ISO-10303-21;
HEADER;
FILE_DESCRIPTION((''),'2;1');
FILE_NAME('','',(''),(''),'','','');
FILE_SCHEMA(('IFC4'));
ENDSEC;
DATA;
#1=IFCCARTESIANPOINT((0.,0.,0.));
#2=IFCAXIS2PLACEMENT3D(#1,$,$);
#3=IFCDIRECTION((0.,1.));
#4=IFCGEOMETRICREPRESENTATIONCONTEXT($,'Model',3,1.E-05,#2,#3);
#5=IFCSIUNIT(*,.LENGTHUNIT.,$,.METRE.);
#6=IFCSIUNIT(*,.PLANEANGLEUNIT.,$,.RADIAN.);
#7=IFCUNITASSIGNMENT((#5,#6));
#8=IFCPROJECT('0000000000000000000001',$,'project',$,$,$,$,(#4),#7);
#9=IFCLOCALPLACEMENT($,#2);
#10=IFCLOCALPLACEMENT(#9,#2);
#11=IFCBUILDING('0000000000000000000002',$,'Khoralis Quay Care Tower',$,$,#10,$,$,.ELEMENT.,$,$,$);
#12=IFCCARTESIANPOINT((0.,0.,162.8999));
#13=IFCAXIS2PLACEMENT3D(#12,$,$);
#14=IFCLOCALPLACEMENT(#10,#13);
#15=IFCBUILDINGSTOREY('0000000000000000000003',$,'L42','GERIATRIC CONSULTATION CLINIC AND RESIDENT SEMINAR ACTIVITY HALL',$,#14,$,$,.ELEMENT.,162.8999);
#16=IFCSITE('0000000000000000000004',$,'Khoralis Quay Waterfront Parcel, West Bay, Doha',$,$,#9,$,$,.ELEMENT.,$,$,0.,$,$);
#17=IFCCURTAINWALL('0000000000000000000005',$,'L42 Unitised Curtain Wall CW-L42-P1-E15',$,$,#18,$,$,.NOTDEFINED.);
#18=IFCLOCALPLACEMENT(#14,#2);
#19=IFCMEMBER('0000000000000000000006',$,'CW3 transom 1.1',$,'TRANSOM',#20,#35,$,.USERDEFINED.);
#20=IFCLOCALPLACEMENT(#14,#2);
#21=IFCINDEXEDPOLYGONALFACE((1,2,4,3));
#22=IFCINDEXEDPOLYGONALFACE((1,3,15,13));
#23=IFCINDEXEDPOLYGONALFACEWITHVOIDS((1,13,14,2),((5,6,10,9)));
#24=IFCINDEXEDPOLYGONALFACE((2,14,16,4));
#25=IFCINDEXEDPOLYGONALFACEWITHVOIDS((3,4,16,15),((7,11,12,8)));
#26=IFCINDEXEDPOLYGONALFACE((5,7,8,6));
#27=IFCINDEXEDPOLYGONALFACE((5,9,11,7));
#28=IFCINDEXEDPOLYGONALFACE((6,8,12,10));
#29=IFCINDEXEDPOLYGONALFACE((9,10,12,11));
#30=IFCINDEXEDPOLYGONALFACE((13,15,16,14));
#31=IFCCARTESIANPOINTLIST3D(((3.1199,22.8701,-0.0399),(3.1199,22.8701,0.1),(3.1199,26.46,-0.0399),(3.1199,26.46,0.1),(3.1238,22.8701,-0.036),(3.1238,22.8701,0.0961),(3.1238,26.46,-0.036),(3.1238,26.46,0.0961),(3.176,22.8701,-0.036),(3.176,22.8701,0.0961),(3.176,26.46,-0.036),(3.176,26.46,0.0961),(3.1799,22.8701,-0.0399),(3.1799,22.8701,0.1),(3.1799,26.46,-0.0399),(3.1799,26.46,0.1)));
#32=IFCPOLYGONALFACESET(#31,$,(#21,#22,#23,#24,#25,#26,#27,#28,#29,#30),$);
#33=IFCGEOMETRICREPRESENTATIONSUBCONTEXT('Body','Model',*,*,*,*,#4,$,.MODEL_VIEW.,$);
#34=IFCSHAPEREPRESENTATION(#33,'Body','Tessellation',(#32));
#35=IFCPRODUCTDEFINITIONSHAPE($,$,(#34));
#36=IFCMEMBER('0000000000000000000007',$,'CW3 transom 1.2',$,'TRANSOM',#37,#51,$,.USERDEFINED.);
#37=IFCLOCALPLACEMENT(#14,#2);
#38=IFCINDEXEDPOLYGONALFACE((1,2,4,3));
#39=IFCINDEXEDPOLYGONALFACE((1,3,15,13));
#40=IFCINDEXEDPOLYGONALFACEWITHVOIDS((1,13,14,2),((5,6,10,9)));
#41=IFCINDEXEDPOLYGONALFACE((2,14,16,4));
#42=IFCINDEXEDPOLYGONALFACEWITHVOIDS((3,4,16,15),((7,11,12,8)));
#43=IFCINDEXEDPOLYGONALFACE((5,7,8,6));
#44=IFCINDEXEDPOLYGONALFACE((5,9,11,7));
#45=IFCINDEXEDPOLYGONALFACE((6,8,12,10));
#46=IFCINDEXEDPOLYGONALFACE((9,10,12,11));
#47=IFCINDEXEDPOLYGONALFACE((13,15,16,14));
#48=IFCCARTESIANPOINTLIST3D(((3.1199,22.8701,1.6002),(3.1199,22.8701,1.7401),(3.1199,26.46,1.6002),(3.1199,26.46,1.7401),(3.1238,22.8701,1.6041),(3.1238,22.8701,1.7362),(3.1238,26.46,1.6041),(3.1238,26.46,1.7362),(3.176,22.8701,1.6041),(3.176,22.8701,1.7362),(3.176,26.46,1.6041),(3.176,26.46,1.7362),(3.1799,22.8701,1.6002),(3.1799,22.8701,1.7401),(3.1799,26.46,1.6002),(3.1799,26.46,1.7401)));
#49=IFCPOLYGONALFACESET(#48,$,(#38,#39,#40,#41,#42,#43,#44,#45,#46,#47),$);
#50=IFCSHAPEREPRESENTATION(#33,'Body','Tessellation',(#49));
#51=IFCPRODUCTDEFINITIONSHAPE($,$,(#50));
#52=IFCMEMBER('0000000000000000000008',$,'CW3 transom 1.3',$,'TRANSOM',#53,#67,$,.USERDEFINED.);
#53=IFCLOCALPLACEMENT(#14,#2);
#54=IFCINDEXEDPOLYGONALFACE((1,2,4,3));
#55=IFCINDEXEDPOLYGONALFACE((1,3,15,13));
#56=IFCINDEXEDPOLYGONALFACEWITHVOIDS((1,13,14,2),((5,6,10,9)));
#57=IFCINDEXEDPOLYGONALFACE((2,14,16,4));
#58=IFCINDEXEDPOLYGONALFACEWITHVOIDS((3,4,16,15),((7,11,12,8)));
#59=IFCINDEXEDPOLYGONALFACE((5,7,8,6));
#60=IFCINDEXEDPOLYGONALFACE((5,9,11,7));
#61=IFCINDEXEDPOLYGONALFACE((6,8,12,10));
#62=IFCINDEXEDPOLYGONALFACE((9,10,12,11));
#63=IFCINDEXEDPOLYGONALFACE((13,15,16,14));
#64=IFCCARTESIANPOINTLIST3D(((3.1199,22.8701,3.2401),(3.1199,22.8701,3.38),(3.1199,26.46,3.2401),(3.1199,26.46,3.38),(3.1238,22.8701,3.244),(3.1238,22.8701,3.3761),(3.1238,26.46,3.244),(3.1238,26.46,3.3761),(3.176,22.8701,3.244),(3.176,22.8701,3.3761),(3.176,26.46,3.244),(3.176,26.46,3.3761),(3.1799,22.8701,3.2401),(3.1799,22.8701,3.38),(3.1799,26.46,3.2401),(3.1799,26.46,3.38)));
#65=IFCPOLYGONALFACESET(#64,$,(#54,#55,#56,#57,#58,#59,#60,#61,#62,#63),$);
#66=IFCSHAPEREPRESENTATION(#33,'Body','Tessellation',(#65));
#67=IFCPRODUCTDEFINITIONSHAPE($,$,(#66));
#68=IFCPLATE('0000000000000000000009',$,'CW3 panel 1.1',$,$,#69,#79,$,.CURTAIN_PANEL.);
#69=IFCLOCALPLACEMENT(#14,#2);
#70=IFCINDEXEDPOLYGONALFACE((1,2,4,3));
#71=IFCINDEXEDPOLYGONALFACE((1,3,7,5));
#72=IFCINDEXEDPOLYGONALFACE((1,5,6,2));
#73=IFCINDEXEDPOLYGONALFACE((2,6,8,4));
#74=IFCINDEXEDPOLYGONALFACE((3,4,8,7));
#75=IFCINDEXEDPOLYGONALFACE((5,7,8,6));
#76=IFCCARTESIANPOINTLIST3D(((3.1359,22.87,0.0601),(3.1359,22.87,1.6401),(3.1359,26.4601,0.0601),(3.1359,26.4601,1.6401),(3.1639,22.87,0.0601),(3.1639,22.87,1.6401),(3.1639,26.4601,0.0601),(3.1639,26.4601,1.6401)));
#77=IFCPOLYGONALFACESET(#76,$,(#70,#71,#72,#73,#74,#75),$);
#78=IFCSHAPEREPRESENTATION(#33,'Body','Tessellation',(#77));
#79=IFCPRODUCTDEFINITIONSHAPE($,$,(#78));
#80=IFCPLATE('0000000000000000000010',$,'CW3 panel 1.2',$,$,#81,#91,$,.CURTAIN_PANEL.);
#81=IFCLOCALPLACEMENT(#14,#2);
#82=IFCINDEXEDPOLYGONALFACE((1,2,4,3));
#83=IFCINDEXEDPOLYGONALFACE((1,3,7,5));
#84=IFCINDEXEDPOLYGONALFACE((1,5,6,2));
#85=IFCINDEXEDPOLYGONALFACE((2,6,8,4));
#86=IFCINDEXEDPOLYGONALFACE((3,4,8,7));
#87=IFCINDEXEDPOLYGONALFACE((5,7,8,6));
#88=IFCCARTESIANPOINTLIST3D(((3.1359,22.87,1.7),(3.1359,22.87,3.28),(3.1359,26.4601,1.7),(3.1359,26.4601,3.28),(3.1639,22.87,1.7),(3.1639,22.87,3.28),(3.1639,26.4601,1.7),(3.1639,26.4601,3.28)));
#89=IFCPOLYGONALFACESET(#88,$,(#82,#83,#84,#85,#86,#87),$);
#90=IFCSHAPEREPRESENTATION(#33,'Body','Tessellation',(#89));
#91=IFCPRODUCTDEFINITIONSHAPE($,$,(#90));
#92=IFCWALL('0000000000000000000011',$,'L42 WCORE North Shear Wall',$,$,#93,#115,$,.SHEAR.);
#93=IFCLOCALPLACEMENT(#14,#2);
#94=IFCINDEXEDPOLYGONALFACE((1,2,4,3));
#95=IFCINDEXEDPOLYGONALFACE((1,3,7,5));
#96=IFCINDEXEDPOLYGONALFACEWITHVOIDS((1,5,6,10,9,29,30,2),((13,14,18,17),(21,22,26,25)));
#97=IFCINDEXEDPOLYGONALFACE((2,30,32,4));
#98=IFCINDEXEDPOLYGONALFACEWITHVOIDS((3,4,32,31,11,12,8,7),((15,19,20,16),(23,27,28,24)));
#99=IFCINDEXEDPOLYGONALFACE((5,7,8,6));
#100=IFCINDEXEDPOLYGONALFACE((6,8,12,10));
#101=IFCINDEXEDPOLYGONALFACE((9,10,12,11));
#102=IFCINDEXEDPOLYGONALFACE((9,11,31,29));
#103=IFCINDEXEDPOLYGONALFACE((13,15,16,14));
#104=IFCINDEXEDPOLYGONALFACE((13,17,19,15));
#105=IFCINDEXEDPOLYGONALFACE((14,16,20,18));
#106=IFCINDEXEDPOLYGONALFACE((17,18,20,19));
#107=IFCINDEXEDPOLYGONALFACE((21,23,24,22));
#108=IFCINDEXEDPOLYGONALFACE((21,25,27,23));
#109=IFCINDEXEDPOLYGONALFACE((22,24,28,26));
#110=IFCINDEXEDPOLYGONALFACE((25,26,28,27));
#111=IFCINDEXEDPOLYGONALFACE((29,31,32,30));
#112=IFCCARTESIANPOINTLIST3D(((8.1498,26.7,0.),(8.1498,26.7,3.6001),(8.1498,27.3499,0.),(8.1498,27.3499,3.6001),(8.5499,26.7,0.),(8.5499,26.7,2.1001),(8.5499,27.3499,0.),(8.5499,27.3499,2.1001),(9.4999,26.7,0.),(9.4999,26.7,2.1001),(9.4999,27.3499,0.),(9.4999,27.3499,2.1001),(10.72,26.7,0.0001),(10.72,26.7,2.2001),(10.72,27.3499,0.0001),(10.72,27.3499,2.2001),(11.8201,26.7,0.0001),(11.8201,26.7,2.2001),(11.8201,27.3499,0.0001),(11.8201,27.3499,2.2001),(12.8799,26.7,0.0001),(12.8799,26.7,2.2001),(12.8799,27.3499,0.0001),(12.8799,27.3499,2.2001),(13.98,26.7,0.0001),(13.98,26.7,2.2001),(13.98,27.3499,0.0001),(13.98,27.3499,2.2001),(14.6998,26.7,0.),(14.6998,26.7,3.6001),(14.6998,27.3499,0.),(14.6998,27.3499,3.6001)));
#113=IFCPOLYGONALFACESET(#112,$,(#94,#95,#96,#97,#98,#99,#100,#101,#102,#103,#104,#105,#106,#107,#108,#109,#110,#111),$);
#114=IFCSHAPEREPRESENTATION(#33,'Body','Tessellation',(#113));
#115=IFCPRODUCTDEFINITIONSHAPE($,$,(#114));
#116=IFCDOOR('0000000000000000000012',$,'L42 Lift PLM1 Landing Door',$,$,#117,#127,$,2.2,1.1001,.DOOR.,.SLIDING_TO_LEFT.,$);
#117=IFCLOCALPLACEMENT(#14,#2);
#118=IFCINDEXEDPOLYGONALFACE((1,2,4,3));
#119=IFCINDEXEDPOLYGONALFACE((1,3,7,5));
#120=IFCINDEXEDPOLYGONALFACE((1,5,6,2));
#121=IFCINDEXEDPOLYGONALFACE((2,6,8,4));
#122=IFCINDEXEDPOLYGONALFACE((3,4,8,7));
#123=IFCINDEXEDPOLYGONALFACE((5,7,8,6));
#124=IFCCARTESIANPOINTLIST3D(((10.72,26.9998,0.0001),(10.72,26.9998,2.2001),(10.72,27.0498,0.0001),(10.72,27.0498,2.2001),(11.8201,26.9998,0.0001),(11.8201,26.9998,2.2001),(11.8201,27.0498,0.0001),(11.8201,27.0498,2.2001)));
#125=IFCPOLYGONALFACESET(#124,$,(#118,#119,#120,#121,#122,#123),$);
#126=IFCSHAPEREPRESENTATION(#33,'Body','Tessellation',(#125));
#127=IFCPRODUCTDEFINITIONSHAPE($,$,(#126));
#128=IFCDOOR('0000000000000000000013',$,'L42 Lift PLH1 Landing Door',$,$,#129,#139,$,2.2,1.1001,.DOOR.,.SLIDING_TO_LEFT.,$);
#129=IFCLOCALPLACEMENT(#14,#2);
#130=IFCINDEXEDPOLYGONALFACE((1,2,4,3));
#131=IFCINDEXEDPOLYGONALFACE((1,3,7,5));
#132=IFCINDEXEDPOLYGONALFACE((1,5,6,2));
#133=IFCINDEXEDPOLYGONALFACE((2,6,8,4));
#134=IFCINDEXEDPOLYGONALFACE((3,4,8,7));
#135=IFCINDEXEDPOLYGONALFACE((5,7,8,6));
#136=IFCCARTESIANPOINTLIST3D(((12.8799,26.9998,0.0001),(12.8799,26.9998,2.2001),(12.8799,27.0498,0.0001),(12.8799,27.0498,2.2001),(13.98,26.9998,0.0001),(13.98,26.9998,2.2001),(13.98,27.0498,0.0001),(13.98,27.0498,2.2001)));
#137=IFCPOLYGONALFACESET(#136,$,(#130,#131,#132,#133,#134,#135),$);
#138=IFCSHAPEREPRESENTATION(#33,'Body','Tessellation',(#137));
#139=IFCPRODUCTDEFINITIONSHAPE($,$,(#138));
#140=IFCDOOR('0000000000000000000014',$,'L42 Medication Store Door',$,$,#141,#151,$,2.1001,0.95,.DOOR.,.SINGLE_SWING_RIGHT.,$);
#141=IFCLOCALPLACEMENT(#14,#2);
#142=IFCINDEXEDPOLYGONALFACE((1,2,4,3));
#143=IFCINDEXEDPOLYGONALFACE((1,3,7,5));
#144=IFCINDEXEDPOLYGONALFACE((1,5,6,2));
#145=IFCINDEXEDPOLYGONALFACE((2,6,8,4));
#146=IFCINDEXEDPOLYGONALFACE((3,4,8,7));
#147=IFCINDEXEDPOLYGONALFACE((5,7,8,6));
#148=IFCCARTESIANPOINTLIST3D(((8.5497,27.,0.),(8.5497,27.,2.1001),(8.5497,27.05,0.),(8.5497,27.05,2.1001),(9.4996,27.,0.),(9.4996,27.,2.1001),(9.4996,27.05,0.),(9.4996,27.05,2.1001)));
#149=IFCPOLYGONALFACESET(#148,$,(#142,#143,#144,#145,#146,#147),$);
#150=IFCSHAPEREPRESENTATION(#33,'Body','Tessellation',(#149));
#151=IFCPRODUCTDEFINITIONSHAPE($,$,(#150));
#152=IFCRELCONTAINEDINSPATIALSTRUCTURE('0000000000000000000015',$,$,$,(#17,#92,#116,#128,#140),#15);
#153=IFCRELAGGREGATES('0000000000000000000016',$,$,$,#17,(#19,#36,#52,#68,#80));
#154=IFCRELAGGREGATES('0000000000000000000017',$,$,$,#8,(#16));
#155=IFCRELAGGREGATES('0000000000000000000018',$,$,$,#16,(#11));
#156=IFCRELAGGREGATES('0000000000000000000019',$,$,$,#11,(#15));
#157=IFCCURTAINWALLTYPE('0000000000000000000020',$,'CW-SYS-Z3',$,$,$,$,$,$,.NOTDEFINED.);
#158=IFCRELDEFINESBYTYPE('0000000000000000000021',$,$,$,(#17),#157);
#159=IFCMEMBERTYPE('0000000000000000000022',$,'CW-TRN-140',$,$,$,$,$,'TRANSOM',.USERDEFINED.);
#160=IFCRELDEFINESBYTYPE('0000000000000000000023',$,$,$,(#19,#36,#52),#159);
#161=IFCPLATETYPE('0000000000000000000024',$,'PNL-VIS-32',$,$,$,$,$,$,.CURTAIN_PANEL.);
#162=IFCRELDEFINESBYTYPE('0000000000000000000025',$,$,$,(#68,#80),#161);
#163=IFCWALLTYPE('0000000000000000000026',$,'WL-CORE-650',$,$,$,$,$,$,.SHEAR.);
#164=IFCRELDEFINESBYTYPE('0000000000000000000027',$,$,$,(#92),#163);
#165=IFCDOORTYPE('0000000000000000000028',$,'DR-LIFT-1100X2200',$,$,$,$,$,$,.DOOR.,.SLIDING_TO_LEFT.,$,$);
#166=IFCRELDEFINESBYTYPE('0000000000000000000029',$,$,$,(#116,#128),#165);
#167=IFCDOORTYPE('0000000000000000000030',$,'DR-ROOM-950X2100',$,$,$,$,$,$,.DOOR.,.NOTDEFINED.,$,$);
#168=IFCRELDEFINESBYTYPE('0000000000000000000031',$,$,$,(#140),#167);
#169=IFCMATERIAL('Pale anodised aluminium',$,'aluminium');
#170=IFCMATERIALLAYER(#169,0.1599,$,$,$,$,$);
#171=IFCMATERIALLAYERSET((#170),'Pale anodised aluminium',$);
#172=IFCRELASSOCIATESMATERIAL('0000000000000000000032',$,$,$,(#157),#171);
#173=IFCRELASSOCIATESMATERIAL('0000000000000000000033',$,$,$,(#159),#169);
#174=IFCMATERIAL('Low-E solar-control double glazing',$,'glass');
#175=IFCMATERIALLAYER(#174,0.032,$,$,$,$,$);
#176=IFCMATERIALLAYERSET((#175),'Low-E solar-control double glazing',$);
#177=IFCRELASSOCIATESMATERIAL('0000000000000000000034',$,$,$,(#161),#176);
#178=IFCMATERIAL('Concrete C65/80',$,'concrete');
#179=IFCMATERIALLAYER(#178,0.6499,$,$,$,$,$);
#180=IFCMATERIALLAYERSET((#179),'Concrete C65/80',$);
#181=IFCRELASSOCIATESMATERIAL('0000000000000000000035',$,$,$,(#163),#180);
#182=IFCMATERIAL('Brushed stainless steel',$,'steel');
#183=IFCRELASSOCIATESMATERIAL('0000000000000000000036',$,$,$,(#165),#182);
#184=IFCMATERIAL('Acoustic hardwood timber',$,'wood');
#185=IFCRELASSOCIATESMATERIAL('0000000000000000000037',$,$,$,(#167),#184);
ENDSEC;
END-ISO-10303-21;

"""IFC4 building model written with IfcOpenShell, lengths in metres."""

from ifc_helpers import new_model, si_unit, direction, frame, frame_2d, origin, origin_2d, place, context, subcontext, project, spatial, rectangle, hollow_rectangle, extrude, source, transform, mapped, material, layer, layer_set, material_profile, profile_set, type_object, element, fill, aggregate, save


model = new_model("IFC4")

# Units and contexts
model_context = context("Model", 3, precision=1e-05, world=origin(), true_north=direction((0.0, 1.0)))
body_context = subcontext(model_context, "Body", "Model", "MODEL_VIEW")
ifc_project = project(units=[si_unit("LENGTHUNIT", "METRE"), si_unit("PLANEANGLEUNIT", "RADIAN")], contexts=[model_context])

# Site, building, storey
site_placement = place(None, origin())
site = spatial("IfcSite", under=ifc_project, at=site_placement, Name="Khoralis Quay Waterfront Parcel, West Bay, Doha", CompositionType="ELEMENT", RefElevation=0.0)
building_placement = place(site_placement, origin())
building = spatial("IfcBuilding", under=site, at=building_placement, Name="Khoralis Quay Care Tower", CompositionType="ELEMENT")
storey_placement = place(building_placement, frame((0.0, 0.0, 162.8999)))
storey = spatial("IfcBuildingStorey", under=building, at=storey_placement, Name="L42", Description="GERIATRIC CONSULTATION CLINIC AND RESIDENT SEMINAR ACTIVITY HALL", CompositionType="ELEMENT", Elevation=162.8999)

# Shared definitions
ifc_material_1 = material(Name="Concrete C65/80", Category="concrete")

# Curtain wall, members, plates
ifc_material_2 = material(Name="Pale anodised aluminium", Category="aluminium")
ifc_layer_1 = layer(ifc_material_2, 0.1599)
ifc_layer_set_1 = layer_set([ifc_layer_1], Name="Pale anodised aluminium")
curtain_wall_type = type_object("IfcCurtainWallType", Name="CW-SYS-Z3", PredefinedType="NOTDEFINED", material=ifc_layer_set_1)
curtain_wall_placement = place(storey_placement, origin())
curtain_wall = element("IfcCurtainWall", 1, at=curtain_wall_placement, inside=storey, type_object=curtain_wall_type, Name="L42 Unitised Curtain Wall CW-L42-P1-E15", PredefinedType="NOTDEFINED")
ifc_material_profile_1 = material_profile(ifc_material_2, hollow_rectangle(XDim=0.0601, YDim=0.1399, WallThickness=0.0039, at=origin_2d()), Name="Pale anodised aluminium")
ifc_profile_set_1 = profile_set([ifc_material_profile_1], Name="Pale anodised aluminium")
member_type_1 = type_object("IfcMemberType", Name="CW-TRN-140", ElementType="TRANSOM", PredefinedType="USERDEFINED", material=ifc_profile_set_1)
shared_shape_1 = source(origin(), body_context, "Body", "SweptSolid", [
    extrude(hollow_rectangle(XDim=0.0601, YDim=0.1399, WallThickness=0.0039, at=origin_2d()), origin(), (0.0, 0.0, 1.0), 3.5898),
])
member_1_placement = place(storey_placement, frame((3.1499, 26.46, 0.03), z_axis=(0.0, -1.0, 0.0), x_axis=(1.0, 0.0, 0.0)))
member_1 = element("IfcMember", 2, at=member_1_placement, type_object=member_type_1, Name="CW3 transom 1.1", ObjectType="TRANSOM", PredefinedType="USERDEFINED", context=body_context, shape_type="MappedRepresentation", body=[
    mapped(shared_shape_1, transform((0.0, 0.0, 0.0), scale=1.0)),
])
member_2_placement = place(storey_placement, frame((3.1499, 26.46, 1.6702), z_axis=(0.0, -1.0, 0.0), x_axis=(1.0, 0.0, 0.0)))
member_2 = element("IfcMember", 3, at=member_2_placement, type_object=member_type_1, Name="CW3 transom 1.2", ObjectType="TRANSOM", PredefinedType="USERDEFINED", context=body_context, shape_type="MappedRepresentation", body=[
    mapped(shared_shape_1, transform((0.0, 0.0, 0.0), scale=1.0)),
])
member_3_placement = place(storey_placement, frame((3.1499, 26.46, 3.3101), z_axis=(0.0, -1.0, 0.0), x_axis=(1.0, 0.0, 0.0)))
member_3 = element("IfcMember", 4, at=member_3_placement, type_object=member_type_1, Name="CW3 transom 1.3", ObjectType="TRANSOM", PredefinedType="USERDEFINED", context=body_context, shape_type="MappedRepresentation", body=[
    mapped(shared_shape_1, transform((0.0, 0.0, 0.0), scale=1.0)),
])
ifc_material_3 = material(Name="Low-E solar-control double glazing", Category="glass")
ifc_layer_2 = layer(ifc_material_3, 0.032)
ifc_layer_set_2 = layer_set([ifc_layer_2], Name="Low-E solar-control double glazing")
plate_type = type_object("IfcPlateType", Name="PNL-VIS-32", PredefinedType="CURTAIN_PANEL", material=ifc_layer_set_2)
shared_shape_2 = source(origin(), body_context, "Body", "SweptSolid", [
    extrude(rectangle(XDim=3.5901, YDim=0.0281, at=origin_2d()), origin(), (0.0, 0.0, 1.0), 1.5801),
])
plate_1_placement = place(storey_placement, frame((3.1499, 24.665, 0.0601), z_axis=(0.0, 0.0, 1.0), x_axis=(0.0, -1.0, 0.0)))
plate_1 = element("IfcPlate", 5, at=plate_1_placement, type_object=plate_type, Name="CW3 panel 1.1", PredefinedType="CURTAIN_PANEL", context=body_context, shape_type="MappedRepresentation", body=[
    mapped(shared_shape_2, transform((0.0, 0.0, 0.0), scale=1.0)),
])
plate_2_placement = place(storey_placement, frame((3.1499, 24.665, 1.7), z_axis=(0.0, 0.0, 1.0), x_axis=(0.0, -1.0, 0.0)))
plate_2 = element("IfcPlate", 6, at=plate_2_placement, type_object=plate_type, Name="CW3 panel 1.2", PredefinedType="CURTAIN_PANEL", context=body_context, shape_type="MappedRepresentation", body=[
    mapped(shared_shape_2, transform((0.0, 0.0, 0.0), scale=1.0)),
])
aggregate(curtain_wall, [member_1, member_2, member_3, plate_1, plate_2])

# Wall, openings, doors
ifc_layer_3 = layer(ifc_material_1, 0.6499)
ifc_layer_set_3 = layer_set([ifc_layer_3], Name="Concrete C65/80")
wall_type_1 = type_object("IfcWallType", Name="WL-CORE-650", PredefinedType="SHEAR", material=ifc_layer_set_3)
wall_1_placement = place(storey_placement, frame((8.1499, 27.0249, 0.0), z_axis=(0.0, 0.0, 1.0), x_axis=(1.0, 0.0, 0.0)))
wall_1 = element("IfcWall", 7, at=wall_1_placement, inside=storey, type_object=wall_type_1, Name="L42 WCORE North Shear Wall", PredefinedType="SHEAR", context=body_context, shape_type="SweptSolid", body=[
    extrude(rectangle(XDim=6.55, YDim=0.6499, at=frame_2d((3.2749, 0.0))), origin(), (0.0, 0.0, 1.0), 3.6001),
])
opening_1_placement = place(wall_1_placement, frame((0.3999, 0.0, 0.0)))
opening_1 = element("IfcOpeningElement", 8, at=opening_1_placement, cuts=wall_1, PredefinedType="OPENING", context=body_context, shape_type="SweptSolid", body=[
    extrude(rectangle(XDim=0.95, YDim=2.1001, at=frame_2d((0.4751, 1.05))), frame((0.0, 0.335, 0.0), z_axis=(0.0, -1.0, 0.0), x_axis=(1.0, 0.0, 0.0)), (0.0, 0.0, 1.0), 0.6699),
])
opening_2_placement = place(wall_1_placement, frame((2.5701, 0.0, 0.0)))
opening_2 = element("IfcOpeningElement", 9, at=opening_2_placement, cuts=wall_1, PredefinedType="OPENING", context=body_context, shape_type="SweptSolid", body=[
    extrude(rectangle(XDim=1.1001, YDim=2.2, at=frame_2d((0.55, 1.1001))), frame((0.0, 0.335, 0.0), z_axis=(0.0, -1.0, 0.0), x_axis=(1.0, 0.0, 0.0)), (0.0, 0.0, 1.0), 0.6699),
])
opening_3_placement = place(wall_1_placement, frame((4.73, 0.0, 0.0)))
opening_3 = element("IfcOpeningElement", 10, at=opening_3_placement, cuts=wall_1, PredefinedType="OPENING", context=body_context, shape_type="SweptSolid", body=[
    extrude(rectangle(XDim=1.1001, YDim=2.2, at=frame_2d((0.55, 1.1001))), frame((0.0, 0.335, 0.0), z_axis=(0.0, -1.0, 0.0), x_axis=(1.0, 0.0, 0.0)), (0.0, 0.0, 1.0), 0.6699),
])
ifc_material_4 = material(Name="Brushed stainless steel", Category="steel")
door_type_1 = type_object("IfcDoorType", Name="DR-LIFT-1100X2200", OperationType="SLIDING_TO_LEFT", PredefinedType="DOOR", material=ifc_material_4)
shared_shape_3 = source(origin(), body_context, "Body", "SweptSolid", [
    extrude(rectangle(XDim=1.1001, YDim=2.2, at=frame_2d((0.55, 1.1001))), frame((0.0, 0.0249, 0.0), z_axis=(0.0, -1.0, 0.0), x_axis=(1.0, 0.0, 0.0)), (0.0, 0.0, 1.0), 0.05),
])
door_1_placement = place(opening_2_placement, origin())
door_1 = element("IfcDoor", 11, at=door_1_placement, inside=storey, type_object=door_type_1, Name="L42 Lift PLM1 Landing Door", OperationType="SLIDING_TO_LEFT", OverallHeight=2.2, OverallWidth=1.1001, PredefinedType="DOOR", context=body_context, shape_type="MappedRepresentation", body=[
    mapped(shared_shape_3, transform((0.0, 0.0, 0.0), scale=1.0)),
])
fill(opening_2, door_1)
door_2_placement = place(opening_3_placement, origin())
door_2 = element("IfcDoor", 12, at=door_2_placement, inside=storey, type_object=door_type_1, Name="L42 Lift PLH1 Landing Door", OperationType="SLIDING_TO_LEFT", OverallHeight=2.2, OverallWidth=1.1001, PredefinedType="DOOR", context=body_context, shape_type="MappedRepresentation", body=[
    mapped(shared_shape_3, transform((0.0, 0.0, 0.0), scale=1.0)),
])
fill(opening_3, door_2)
ifc_material_5 = material(Name="Acoustic hardwood timber", Category="wood")
door_type_2 = type_object("IfcDoorType", Name="DR-ROOM-950X2100", OperationType="NOTDEFINED", PredefinedType="DOOR", material=ifc_material_5)
shared_shape_4 = source(origin(), body_context, "Body", "SweptSolid", [
    extrude(rectangle(XDim=0.95, YDim=2.1001, at=frame_2d((0.4751, 1.05))), frame((0.0, 0.0249, 0.0), z_axis=(0.0, -1.0, 0.0), x_axis=(1.0, 0.0, 0.0)), (0.0, 0.0, 1.0), 0.05),
])
door_3_placement = place(opening_1_placement, frame((0.95, 0.0, 0.0), z_axis=(0.0, 0.0, 1.0), x_axis=(-1.0, 0.0, 0.0)))
door_3 = element("IfcDoor", 13, at=door_3_placement, inside=storey, type_object=door_type_2, Name="L42 Medication Store Door", OperationType="SINGLE_SWING_RIGHT", OverallHeight=2.1001, OverallWidth=0.95, PredefinedType="DOOR", context=body_context, shape_type="MappedRepresentation", body=[
    mapped(shared_shape_4, transform((0.0, 0.0, 0.0), scale=1.0)),
])
fill(opening_1, door_3)

save(model, "model.ifc")
